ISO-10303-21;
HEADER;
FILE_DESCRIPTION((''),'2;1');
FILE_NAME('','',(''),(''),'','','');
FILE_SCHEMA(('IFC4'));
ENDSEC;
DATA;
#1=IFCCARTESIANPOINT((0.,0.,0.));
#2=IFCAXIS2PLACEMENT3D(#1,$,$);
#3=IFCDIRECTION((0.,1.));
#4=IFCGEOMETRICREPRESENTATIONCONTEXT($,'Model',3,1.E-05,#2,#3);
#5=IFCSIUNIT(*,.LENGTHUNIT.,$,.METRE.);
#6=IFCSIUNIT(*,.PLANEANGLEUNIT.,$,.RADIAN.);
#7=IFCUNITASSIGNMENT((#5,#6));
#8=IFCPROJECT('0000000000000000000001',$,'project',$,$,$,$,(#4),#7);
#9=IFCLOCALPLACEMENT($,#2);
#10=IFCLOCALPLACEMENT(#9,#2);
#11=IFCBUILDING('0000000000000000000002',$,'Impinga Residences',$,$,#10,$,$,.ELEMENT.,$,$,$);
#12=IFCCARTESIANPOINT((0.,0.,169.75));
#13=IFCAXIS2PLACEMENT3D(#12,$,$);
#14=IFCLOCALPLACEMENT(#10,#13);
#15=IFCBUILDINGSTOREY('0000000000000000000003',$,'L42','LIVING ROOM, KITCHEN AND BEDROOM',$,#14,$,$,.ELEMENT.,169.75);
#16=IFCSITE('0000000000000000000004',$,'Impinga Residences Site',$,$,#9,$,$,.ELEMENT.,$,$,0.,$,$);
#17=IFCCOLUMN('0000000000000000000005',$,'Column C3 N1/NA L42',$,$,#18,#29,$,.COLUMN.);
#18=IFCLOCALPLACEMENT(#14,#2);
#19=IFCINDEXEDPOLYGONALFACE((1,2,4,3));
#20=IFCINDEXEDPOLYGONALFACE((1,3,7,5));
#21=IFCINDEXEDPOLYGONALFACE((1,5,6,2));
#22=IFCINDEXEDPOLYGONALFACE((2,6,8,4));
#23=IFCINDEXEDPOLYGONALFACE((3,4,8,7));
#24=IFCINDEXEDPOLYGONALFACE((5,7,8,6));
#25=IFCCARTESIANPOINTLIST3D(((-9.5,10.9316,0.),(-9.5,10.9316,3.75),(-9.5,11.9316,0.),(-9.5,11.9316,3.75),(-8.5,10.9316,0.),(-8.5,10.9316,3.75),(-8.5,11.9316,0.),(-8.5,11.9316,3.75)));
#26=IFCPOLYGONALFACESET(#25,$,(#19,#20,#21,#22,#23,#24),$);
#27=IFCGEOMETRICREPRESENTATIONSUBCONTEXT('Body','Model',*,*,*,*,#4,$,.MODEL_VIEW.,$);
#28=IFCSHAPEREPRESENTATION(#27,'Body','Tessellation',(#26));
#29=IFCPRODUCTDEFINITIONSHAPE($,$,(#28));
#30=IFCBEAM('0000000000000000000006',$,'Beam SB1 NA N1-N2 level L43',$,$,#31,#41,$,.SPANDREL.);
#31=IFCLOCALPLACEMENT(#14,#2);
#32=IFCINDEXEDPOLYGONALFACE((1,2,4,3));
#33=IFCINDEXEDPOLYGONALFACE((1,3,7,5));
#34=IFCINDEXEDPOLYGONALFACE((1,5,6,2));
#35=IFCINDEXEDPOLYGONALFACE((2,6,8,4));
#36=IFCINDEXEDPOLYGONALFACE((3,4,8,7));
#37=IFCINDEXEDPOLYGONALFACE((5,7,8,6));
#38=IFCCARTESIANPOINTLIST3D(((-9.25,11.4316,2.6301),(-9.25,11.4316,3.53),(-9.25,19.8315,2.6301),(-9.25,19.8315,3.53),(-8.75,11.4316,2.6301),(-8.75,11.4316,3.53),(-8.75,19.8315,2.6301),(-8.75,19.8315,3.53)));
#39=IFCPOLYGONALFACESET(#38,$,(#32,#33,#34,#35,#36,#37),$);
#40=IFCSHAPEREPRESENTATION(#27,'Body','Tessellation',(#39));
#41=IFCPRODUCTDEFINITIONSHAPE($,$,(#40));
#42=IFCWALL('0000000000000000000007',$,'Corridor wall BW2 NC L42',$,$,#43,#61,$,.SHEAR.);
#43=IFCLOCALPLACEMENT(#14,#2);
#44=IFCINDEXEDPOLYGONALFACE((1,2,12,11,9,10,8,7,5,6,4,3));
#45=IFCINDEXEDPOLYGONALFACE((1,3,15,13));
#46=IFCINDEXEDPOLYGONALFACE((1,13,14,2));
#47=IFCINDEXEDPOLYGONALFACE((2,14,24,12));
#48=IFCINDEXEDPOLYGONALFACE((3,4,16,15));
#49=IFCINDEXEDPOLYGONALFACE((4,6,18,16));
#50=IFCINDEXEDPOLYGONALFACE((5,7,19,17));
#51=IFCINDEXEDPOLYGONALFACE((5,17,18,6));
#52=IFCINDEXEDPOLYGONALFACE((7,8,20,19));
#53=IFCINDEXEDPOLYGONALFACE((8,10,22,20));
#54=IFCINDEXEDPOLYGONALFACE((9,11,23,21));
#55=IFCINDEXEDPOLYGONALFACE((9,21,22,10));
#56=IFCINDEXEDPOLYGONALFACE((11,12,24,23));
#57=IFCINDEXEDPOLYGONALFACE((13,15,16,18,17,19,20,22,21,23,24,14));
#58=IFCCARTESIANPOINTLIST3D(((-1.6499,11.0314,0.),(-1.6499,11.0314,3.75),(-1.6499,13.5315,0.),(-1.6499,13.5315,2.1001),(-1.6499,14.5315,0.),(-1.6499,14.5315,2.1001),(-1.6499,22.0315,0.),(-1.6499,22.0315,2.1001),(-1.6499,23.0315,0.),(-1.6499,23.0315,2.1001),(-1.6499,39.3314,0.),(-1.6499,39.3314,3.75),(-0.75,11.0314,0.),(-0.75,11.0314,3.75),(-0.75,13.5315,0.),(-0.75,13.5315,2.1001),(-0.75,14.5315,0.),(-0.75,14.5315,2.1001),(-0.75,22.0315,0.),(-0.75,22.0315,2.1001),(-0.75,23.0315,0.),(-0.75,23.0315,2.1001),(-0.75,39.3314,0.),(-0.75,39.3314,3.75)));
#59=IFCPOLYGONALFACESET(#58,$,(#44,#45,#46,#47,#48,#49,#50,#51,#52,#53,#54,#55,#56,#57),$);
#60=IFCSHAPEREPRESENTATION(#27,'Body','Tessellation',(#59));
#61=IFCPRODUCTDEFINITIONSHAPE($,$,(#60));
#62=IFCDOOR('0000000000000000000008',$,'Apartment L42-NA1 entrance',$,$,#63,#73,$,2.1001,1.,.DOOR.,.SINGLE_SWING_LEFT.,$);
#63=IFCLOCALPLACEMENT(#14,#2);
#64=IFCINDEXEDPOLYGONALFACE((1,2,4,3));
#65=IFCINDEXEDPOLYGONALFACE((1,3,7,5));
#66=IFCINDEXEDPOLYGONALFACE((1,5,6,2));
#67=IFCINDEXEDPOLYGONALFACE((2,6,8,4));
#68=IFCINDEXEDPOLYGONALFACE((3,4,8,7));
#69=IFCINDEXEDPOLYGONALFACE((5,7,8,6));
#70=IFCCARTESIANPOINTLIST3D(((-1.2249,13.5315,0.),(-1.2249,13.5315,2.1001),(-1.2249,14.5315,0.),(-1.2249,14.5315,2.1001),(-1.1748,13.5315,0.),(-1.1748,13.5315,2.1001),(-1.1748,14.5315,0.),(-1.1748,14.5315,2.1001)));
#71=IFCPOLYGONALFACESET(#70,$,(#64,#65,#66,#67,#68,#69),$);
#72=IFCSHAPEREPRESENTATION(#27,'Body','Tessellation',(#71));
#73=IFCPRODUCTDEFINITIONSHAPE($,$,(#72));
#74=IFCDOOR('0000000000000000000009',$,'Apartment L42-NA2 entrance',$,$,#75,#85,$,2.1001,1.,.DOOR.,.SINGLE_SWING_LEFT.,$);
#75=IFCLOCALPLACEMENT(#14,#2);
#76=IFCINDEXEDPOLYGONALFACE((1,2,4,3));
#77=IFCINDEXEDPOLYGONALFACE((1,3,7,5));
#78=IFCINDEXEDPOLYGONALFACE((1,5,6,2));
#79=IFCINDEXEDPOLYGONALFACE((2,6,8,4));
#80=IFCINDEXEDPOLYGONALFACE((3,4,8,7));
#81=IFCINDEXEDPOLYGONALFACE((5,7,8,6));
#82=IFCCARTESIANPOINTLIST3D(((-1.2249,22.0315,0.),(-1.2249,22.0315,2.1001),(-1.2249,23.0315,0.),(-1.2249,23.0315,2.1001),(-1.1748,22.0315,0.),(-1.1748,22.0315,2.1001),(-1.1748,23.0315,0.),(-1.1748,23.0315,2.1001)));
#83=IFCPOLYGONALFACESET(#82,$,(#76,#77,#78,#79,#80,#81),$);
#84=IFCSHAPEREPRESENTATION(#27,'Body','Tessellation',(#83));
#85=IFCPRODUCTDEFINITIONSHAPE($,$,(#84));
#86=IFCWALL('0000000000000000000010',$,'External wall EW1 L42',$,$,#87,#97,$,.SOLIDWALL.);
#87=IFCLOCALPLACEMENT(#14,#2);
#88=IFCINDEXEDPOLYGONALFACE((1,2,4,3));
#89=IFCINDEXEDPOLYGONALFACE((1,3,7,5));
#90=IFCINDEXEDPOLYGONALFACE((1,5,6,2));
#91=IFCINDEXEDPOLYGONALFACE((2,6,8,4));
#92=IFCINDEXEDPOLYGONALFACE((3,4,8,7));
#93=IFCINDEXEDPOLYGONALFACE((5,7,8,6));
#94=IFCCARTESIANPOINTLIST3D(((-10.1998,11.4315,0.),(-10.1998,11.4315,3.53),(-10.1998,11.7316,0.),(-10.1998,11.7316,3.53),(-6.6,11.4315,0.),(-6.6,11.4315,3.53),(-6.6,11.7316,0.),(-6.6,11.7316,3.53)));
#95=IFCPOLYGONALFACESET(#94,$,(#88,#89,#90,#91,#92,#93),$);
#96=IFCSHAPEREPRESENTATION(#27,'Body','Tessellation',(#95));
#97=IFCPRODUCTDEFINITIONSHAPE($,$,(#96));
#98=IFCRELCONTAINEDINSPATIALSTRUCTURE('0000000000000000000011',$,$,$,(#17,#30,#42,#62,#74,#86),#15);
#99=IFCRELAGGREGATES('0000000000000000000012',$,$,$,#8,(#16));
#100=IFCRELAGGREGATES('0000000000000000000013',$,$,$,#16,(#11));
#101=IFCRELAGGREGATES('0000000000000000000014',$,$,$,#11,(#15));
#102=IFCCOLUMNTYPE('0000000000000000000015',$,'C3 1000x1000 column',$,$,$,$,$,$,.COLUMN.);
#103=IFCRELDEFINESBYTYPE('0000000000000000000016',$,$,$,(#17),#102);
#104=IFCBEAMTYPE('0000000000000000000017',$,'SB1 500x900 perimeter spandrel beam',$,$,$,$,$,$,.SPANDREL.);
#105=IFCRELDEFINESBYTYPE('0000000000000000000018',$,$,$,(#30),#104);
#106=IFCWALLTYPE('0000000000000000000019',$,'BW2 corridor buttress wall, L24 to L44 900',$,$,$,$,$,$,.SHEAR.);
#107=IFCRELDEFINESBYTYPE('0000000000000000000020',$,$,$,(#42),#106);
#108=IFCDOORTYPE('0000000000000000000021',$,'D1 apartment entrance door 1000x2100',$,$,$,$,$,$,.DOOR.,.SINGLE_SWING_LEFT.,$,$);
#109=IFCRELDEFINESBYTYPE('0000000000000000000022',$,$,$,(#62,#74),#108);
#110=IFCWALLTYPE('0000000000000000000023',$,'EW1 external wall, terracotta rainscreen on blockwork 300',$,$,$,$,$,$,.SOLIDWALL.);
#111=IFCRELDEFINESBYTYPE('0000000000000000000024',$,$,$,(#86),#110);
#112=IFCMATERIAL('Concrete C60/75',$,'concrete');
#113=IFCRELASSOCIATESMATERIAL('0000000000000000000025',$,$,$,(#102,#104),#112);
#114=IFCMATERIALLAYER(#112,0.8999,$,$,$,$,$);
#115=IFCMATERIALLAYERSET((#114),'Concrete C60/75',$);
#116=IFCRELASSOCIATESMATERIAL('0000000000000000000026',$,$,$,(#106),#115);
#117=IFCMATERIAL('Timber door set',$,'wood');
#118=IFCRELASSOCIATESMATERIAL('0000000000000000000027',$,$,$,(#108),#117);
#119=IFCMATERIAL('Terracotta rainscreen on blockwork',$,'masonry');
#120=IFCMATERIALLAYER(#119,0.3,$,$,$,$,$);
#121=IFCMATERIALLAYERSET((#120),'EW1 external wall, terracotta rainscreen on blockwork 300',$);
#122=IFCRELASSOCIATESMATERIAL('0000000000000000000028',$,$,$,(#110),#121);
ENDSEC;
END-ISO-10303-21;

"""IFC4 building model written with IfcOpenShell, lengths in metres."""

from ifc_helpers import new_model, si_unit, direction, frame, frame_2d, origin, origin_2d, place, context, subcontext, project, spatial, rectangle, extrude, material, layer, layer_set, material_profile, profile_set, type_object, element, fill, save


model = new_model("IFC4")

# Units and contexts
model_context = context("Model", 3, precision=1e-05, world=origin(), true_north=direction((0.0, 1.0)))
body_context = subcontext(model_context, "Body", "Model", "MODEL_VIEW")
ifc_project = project(units=[si_unit("LENGTHUNIT", "METRE"), si_unit("PLANEANGLEUNIT", "RADIAN")], contexts=[model_context])

# Site, building, storey
site_placement = place(None, origin())
site = spatial("IfcSite", under=ifc_project, at=site_placement, Name="Impinga Residences Site", CompositionType="ELEMENT", RefElevation=0.0)
building_placement = place(site_placement, origin())
building = spatial("IfcBuilding", under=site, at=building_placement, Name="Impinga Residences", CompositionType="ELEMENT")
storey_placement = place(building_placement, frame((0.0, 0.0, 169.75)))
storey = spatial("IfcBuildingStorey", under=building, at=storey_placement, Name="L42", Description="LIVING ROOM, KITCHEN AND BEDROOM", CompositionType="ELEMENT", Elevation=169.75)

# Column
ifc_material_1 = material(Name="Concrete C60/75", Category="concrete")
ifc_material_profile_1 = material_profile(ifc_material_1, rectangle(XDim=1.0, YDim=1.0, at=origin_2d()), Name="RC 1000x1000")
ifc_profile_set_1 = profile_set([ifc_material_profile_1], Name="Concrete C60/75")
column_type = type_object("IfcColumnType", Name="C3 1000x1000 column", PredefinedType="COLUMN", material=ifc_profile_set_1)
column_placement = place(storey_placement, frame((-9.0, 11.4316, 0.0), z_axis=(0.0, 0.0, 1.0), x_axis=(1.0, 0.0, 0.0)))
element("IfcColumn", 1, at=column_placement, inside=storey, type_object=column_type, Name="Column C3 N1/NA L42", PredefinedType="COLUMN", context=body_context, shape_type="SweptSolid", body=[
    extrude(rectangle(XDim=1.0, YDim=1.0, at=origin_2d()), origin(), (0.0, 0.0, 1.0), 3.75),
])

# Beam
ifc_material_profile_2 = material_profile(ifc_material_1, rectangle(XDim=0.5, YDim=0.8999, at=origin_2d()), Name="RC 500x900")
ifc_profile_set_2 = profile_set([ifc_material_profile_2], Name="Concrete C60/75")
beam_type = type_object("IfcBeamType", Name="SB1 500x900 perimeter spandrel beam", PredefinedType="SPANDREL", material=ifc_profile_set_2)
beam_placement = place(storey_placement, frame((-9.0, 11.4316, 3.0801), z_axis=(0.0, 1.0, 0.0), x_axis=(-1.0, 0.0, 0.0)))
element("IfcBeam", 2, at=beam_placement, inside=storey, type_object=beam_type, Name="Beam SB1 NA N1-N2 level L43", PredefinedType="SPANDREL", context=body_context, shape_type="SweptSolid", body=[
    extrude(rectangle(XDim=0.5, YDim=0.8999, at=origin_2d()), origin(), (0.0, 0.0, 1.0), 8.3999),
])

# Wall, openings, doors
ifc_layer_1 = layer(ifc_material_1, 0.8999)
ifc_layer_set_1 = layer_set([ifc_layer_1], Name="Concrete C60/75")
wall_type_1 = type_object("IfcWallType", Name="BW2 corridor buttress wall, L24 to L44 900", PredefinedType="SHEAR", material=ifc_layer_set_1)
wall_1_placement = place(storey_placement, frame((-1.2, 11.0315, 0.0), z_axis=(0.0, 0.0, 1.0), x_axis=(0.0, 1.0, 0.0)))
wall_1 = element("IfcWall", 3, at=wall_1_placement, inside=storey, type_object=wall_type_1, Name="Corridor wall BW2 NC L42", PredefinedType="SHEAR", context=body_context, shape_type="SweptSolid", body=[
    extrude(rectangle(XDim=28.3, YDim=0.8999, at=frame_2d((14.1499, 0.0))), origin(), (0.0, 0.0, 1.0), 3.75),
])
opening_1_placement = place(wall_1_placement, frame((2.5, 0.0, 0.0)))
opening_1 = element("IfcOpeningElement", 4, at=opening_1_placement, cuts=wall_1, PredefinedType="OPENING", context=body_context, shape_type="SweptSolid", body=[
    extrude(rectangle(XDim=1.0, YDim=2.1001, at=frame_2d((0.5, 1.05))), frame((0.0, 0.46, 0.0), z_axis=(0.0, -1.0, 0.0), x_axis=(1.0, 0.0, 0.0)), (0.0, 0.0, 1.0), 0.9199),
])
opening_2_placement = place(wall_1_placement, frame((11.0, 0.0, 0.0)))
opening_2 = element("IfcOpeningElement", 5, at=opening_2_placement, cuts=wall_1, PredefinedType="OPENING", context=body_context, shape_type="SweptSolid", body=[
    extrude(rectangle(XDim=1.0, YDim=2.1001, at=frame_2d((0.5, 1.05))), frame((0.0, 0.46, 0.0), z_axis=(0.0, -1.0, 0.0), x_axis=(1.0, 0.0, 0.0)), (0.0, 0.0, 1.0), 0.9199),
])
ifc_material_2 = material(Name="Timber door set", Category="wood")
door_type_1 = type_object("IfcDoorType", Name="D1 apartment entrance door 1000x2100", OperationType="SINGLE_SWING_LEFT", PredefinedType="DOOR", material=ifc_material_2)
door_1_placement = place(opening_1_placement, origin())
door_1 = element("IfcDoor", 6, at=door_1_placement, inside=storey, type_object=door_type_1, Name="Apartment L42-NA1 entrance", OperationType="SINGLE_SWING_LEFT", OverallHeight=2.1001, OverallWidth=1.0, PredefinedType="DOOR", context=body_context, shape_type="SweptSolid", body=[
    extrude(rectangle(XDim=1.0, YDim=2.1001, at=frame_2d((0.5, 1.05))), frame((0.0, 0.0249, 0.0), z_axis=(0.0, -1.0, 0.0), x_axis=(1.0, 0.0, 0.0)), (0.0, 0.0, 1.0), 0.05),
])
fill(opening_1, door_1)
door_2_placement = place(opening_2_placement, origin())
door_2 = element("IfcDoor", 7, at=door_2_placement, inside=storey, type_object=door_type_1, Name="Apartment L42-NA2 entrance", OperationType="SINGLE_SWING_LEFT", OverallHeight=2.1001, OverallWidth=1.0, PredefinedType="DOOR", context=body_context, shape_type="SweptSolid", body=[
    extrude(rectangle(XDim=1.0, YDim=2.1001, at=frame_2d((0.5, 1.05))), frame((0.0, 0.0249, 0.0), z_axis=(0.0, -1.0, 0.0), x_axis=(1.0, 0.0, 0.0)), (0.0, 0.0, 1.0), 0.05),
])
fill(opening_2, door_2)

# Wall
ifc_material_3 = material(Name="Terracotta rainscreen on blockwork", Category="masonry")
ifc_layer_2 = layer(ifc_material_3, 0.3)
ifc_layer_set_2 = layer_set([ifc_layer_2], Name="EW1 external wall, terracotta rainscreen on blockwork 300")
wall_type_2 = type_object("IfcWallType", Name="EW1 external wall, terracotta rainscreen on blockwork 300", PredefinedType="SOLIDWALL", material=ifc_layer_set_2)
wall_2_placement = place(storey_placement, frame((-6.6001, 11.5815, 0.0), z_axis=(0.0, 0.0, 1.0), x_axis=(-1.0, 0.0, 0.0)))
element("IfcWall", 8, at=wall_2_placement, inside=storey, type_object=wall_type_2, Name="External wall EW1 L42", PredefinedType="SOLIDWALL", context=body_context, shape_type="SweptSolid", body=[
    extrude(rectangle(XDim=3.5999, YDim=0.3, at=frame_2d((1.7998, 0.0))), origin(), (0.0, 0.0, 1.0), 3.53),
])

save(model, "model.ifc")
